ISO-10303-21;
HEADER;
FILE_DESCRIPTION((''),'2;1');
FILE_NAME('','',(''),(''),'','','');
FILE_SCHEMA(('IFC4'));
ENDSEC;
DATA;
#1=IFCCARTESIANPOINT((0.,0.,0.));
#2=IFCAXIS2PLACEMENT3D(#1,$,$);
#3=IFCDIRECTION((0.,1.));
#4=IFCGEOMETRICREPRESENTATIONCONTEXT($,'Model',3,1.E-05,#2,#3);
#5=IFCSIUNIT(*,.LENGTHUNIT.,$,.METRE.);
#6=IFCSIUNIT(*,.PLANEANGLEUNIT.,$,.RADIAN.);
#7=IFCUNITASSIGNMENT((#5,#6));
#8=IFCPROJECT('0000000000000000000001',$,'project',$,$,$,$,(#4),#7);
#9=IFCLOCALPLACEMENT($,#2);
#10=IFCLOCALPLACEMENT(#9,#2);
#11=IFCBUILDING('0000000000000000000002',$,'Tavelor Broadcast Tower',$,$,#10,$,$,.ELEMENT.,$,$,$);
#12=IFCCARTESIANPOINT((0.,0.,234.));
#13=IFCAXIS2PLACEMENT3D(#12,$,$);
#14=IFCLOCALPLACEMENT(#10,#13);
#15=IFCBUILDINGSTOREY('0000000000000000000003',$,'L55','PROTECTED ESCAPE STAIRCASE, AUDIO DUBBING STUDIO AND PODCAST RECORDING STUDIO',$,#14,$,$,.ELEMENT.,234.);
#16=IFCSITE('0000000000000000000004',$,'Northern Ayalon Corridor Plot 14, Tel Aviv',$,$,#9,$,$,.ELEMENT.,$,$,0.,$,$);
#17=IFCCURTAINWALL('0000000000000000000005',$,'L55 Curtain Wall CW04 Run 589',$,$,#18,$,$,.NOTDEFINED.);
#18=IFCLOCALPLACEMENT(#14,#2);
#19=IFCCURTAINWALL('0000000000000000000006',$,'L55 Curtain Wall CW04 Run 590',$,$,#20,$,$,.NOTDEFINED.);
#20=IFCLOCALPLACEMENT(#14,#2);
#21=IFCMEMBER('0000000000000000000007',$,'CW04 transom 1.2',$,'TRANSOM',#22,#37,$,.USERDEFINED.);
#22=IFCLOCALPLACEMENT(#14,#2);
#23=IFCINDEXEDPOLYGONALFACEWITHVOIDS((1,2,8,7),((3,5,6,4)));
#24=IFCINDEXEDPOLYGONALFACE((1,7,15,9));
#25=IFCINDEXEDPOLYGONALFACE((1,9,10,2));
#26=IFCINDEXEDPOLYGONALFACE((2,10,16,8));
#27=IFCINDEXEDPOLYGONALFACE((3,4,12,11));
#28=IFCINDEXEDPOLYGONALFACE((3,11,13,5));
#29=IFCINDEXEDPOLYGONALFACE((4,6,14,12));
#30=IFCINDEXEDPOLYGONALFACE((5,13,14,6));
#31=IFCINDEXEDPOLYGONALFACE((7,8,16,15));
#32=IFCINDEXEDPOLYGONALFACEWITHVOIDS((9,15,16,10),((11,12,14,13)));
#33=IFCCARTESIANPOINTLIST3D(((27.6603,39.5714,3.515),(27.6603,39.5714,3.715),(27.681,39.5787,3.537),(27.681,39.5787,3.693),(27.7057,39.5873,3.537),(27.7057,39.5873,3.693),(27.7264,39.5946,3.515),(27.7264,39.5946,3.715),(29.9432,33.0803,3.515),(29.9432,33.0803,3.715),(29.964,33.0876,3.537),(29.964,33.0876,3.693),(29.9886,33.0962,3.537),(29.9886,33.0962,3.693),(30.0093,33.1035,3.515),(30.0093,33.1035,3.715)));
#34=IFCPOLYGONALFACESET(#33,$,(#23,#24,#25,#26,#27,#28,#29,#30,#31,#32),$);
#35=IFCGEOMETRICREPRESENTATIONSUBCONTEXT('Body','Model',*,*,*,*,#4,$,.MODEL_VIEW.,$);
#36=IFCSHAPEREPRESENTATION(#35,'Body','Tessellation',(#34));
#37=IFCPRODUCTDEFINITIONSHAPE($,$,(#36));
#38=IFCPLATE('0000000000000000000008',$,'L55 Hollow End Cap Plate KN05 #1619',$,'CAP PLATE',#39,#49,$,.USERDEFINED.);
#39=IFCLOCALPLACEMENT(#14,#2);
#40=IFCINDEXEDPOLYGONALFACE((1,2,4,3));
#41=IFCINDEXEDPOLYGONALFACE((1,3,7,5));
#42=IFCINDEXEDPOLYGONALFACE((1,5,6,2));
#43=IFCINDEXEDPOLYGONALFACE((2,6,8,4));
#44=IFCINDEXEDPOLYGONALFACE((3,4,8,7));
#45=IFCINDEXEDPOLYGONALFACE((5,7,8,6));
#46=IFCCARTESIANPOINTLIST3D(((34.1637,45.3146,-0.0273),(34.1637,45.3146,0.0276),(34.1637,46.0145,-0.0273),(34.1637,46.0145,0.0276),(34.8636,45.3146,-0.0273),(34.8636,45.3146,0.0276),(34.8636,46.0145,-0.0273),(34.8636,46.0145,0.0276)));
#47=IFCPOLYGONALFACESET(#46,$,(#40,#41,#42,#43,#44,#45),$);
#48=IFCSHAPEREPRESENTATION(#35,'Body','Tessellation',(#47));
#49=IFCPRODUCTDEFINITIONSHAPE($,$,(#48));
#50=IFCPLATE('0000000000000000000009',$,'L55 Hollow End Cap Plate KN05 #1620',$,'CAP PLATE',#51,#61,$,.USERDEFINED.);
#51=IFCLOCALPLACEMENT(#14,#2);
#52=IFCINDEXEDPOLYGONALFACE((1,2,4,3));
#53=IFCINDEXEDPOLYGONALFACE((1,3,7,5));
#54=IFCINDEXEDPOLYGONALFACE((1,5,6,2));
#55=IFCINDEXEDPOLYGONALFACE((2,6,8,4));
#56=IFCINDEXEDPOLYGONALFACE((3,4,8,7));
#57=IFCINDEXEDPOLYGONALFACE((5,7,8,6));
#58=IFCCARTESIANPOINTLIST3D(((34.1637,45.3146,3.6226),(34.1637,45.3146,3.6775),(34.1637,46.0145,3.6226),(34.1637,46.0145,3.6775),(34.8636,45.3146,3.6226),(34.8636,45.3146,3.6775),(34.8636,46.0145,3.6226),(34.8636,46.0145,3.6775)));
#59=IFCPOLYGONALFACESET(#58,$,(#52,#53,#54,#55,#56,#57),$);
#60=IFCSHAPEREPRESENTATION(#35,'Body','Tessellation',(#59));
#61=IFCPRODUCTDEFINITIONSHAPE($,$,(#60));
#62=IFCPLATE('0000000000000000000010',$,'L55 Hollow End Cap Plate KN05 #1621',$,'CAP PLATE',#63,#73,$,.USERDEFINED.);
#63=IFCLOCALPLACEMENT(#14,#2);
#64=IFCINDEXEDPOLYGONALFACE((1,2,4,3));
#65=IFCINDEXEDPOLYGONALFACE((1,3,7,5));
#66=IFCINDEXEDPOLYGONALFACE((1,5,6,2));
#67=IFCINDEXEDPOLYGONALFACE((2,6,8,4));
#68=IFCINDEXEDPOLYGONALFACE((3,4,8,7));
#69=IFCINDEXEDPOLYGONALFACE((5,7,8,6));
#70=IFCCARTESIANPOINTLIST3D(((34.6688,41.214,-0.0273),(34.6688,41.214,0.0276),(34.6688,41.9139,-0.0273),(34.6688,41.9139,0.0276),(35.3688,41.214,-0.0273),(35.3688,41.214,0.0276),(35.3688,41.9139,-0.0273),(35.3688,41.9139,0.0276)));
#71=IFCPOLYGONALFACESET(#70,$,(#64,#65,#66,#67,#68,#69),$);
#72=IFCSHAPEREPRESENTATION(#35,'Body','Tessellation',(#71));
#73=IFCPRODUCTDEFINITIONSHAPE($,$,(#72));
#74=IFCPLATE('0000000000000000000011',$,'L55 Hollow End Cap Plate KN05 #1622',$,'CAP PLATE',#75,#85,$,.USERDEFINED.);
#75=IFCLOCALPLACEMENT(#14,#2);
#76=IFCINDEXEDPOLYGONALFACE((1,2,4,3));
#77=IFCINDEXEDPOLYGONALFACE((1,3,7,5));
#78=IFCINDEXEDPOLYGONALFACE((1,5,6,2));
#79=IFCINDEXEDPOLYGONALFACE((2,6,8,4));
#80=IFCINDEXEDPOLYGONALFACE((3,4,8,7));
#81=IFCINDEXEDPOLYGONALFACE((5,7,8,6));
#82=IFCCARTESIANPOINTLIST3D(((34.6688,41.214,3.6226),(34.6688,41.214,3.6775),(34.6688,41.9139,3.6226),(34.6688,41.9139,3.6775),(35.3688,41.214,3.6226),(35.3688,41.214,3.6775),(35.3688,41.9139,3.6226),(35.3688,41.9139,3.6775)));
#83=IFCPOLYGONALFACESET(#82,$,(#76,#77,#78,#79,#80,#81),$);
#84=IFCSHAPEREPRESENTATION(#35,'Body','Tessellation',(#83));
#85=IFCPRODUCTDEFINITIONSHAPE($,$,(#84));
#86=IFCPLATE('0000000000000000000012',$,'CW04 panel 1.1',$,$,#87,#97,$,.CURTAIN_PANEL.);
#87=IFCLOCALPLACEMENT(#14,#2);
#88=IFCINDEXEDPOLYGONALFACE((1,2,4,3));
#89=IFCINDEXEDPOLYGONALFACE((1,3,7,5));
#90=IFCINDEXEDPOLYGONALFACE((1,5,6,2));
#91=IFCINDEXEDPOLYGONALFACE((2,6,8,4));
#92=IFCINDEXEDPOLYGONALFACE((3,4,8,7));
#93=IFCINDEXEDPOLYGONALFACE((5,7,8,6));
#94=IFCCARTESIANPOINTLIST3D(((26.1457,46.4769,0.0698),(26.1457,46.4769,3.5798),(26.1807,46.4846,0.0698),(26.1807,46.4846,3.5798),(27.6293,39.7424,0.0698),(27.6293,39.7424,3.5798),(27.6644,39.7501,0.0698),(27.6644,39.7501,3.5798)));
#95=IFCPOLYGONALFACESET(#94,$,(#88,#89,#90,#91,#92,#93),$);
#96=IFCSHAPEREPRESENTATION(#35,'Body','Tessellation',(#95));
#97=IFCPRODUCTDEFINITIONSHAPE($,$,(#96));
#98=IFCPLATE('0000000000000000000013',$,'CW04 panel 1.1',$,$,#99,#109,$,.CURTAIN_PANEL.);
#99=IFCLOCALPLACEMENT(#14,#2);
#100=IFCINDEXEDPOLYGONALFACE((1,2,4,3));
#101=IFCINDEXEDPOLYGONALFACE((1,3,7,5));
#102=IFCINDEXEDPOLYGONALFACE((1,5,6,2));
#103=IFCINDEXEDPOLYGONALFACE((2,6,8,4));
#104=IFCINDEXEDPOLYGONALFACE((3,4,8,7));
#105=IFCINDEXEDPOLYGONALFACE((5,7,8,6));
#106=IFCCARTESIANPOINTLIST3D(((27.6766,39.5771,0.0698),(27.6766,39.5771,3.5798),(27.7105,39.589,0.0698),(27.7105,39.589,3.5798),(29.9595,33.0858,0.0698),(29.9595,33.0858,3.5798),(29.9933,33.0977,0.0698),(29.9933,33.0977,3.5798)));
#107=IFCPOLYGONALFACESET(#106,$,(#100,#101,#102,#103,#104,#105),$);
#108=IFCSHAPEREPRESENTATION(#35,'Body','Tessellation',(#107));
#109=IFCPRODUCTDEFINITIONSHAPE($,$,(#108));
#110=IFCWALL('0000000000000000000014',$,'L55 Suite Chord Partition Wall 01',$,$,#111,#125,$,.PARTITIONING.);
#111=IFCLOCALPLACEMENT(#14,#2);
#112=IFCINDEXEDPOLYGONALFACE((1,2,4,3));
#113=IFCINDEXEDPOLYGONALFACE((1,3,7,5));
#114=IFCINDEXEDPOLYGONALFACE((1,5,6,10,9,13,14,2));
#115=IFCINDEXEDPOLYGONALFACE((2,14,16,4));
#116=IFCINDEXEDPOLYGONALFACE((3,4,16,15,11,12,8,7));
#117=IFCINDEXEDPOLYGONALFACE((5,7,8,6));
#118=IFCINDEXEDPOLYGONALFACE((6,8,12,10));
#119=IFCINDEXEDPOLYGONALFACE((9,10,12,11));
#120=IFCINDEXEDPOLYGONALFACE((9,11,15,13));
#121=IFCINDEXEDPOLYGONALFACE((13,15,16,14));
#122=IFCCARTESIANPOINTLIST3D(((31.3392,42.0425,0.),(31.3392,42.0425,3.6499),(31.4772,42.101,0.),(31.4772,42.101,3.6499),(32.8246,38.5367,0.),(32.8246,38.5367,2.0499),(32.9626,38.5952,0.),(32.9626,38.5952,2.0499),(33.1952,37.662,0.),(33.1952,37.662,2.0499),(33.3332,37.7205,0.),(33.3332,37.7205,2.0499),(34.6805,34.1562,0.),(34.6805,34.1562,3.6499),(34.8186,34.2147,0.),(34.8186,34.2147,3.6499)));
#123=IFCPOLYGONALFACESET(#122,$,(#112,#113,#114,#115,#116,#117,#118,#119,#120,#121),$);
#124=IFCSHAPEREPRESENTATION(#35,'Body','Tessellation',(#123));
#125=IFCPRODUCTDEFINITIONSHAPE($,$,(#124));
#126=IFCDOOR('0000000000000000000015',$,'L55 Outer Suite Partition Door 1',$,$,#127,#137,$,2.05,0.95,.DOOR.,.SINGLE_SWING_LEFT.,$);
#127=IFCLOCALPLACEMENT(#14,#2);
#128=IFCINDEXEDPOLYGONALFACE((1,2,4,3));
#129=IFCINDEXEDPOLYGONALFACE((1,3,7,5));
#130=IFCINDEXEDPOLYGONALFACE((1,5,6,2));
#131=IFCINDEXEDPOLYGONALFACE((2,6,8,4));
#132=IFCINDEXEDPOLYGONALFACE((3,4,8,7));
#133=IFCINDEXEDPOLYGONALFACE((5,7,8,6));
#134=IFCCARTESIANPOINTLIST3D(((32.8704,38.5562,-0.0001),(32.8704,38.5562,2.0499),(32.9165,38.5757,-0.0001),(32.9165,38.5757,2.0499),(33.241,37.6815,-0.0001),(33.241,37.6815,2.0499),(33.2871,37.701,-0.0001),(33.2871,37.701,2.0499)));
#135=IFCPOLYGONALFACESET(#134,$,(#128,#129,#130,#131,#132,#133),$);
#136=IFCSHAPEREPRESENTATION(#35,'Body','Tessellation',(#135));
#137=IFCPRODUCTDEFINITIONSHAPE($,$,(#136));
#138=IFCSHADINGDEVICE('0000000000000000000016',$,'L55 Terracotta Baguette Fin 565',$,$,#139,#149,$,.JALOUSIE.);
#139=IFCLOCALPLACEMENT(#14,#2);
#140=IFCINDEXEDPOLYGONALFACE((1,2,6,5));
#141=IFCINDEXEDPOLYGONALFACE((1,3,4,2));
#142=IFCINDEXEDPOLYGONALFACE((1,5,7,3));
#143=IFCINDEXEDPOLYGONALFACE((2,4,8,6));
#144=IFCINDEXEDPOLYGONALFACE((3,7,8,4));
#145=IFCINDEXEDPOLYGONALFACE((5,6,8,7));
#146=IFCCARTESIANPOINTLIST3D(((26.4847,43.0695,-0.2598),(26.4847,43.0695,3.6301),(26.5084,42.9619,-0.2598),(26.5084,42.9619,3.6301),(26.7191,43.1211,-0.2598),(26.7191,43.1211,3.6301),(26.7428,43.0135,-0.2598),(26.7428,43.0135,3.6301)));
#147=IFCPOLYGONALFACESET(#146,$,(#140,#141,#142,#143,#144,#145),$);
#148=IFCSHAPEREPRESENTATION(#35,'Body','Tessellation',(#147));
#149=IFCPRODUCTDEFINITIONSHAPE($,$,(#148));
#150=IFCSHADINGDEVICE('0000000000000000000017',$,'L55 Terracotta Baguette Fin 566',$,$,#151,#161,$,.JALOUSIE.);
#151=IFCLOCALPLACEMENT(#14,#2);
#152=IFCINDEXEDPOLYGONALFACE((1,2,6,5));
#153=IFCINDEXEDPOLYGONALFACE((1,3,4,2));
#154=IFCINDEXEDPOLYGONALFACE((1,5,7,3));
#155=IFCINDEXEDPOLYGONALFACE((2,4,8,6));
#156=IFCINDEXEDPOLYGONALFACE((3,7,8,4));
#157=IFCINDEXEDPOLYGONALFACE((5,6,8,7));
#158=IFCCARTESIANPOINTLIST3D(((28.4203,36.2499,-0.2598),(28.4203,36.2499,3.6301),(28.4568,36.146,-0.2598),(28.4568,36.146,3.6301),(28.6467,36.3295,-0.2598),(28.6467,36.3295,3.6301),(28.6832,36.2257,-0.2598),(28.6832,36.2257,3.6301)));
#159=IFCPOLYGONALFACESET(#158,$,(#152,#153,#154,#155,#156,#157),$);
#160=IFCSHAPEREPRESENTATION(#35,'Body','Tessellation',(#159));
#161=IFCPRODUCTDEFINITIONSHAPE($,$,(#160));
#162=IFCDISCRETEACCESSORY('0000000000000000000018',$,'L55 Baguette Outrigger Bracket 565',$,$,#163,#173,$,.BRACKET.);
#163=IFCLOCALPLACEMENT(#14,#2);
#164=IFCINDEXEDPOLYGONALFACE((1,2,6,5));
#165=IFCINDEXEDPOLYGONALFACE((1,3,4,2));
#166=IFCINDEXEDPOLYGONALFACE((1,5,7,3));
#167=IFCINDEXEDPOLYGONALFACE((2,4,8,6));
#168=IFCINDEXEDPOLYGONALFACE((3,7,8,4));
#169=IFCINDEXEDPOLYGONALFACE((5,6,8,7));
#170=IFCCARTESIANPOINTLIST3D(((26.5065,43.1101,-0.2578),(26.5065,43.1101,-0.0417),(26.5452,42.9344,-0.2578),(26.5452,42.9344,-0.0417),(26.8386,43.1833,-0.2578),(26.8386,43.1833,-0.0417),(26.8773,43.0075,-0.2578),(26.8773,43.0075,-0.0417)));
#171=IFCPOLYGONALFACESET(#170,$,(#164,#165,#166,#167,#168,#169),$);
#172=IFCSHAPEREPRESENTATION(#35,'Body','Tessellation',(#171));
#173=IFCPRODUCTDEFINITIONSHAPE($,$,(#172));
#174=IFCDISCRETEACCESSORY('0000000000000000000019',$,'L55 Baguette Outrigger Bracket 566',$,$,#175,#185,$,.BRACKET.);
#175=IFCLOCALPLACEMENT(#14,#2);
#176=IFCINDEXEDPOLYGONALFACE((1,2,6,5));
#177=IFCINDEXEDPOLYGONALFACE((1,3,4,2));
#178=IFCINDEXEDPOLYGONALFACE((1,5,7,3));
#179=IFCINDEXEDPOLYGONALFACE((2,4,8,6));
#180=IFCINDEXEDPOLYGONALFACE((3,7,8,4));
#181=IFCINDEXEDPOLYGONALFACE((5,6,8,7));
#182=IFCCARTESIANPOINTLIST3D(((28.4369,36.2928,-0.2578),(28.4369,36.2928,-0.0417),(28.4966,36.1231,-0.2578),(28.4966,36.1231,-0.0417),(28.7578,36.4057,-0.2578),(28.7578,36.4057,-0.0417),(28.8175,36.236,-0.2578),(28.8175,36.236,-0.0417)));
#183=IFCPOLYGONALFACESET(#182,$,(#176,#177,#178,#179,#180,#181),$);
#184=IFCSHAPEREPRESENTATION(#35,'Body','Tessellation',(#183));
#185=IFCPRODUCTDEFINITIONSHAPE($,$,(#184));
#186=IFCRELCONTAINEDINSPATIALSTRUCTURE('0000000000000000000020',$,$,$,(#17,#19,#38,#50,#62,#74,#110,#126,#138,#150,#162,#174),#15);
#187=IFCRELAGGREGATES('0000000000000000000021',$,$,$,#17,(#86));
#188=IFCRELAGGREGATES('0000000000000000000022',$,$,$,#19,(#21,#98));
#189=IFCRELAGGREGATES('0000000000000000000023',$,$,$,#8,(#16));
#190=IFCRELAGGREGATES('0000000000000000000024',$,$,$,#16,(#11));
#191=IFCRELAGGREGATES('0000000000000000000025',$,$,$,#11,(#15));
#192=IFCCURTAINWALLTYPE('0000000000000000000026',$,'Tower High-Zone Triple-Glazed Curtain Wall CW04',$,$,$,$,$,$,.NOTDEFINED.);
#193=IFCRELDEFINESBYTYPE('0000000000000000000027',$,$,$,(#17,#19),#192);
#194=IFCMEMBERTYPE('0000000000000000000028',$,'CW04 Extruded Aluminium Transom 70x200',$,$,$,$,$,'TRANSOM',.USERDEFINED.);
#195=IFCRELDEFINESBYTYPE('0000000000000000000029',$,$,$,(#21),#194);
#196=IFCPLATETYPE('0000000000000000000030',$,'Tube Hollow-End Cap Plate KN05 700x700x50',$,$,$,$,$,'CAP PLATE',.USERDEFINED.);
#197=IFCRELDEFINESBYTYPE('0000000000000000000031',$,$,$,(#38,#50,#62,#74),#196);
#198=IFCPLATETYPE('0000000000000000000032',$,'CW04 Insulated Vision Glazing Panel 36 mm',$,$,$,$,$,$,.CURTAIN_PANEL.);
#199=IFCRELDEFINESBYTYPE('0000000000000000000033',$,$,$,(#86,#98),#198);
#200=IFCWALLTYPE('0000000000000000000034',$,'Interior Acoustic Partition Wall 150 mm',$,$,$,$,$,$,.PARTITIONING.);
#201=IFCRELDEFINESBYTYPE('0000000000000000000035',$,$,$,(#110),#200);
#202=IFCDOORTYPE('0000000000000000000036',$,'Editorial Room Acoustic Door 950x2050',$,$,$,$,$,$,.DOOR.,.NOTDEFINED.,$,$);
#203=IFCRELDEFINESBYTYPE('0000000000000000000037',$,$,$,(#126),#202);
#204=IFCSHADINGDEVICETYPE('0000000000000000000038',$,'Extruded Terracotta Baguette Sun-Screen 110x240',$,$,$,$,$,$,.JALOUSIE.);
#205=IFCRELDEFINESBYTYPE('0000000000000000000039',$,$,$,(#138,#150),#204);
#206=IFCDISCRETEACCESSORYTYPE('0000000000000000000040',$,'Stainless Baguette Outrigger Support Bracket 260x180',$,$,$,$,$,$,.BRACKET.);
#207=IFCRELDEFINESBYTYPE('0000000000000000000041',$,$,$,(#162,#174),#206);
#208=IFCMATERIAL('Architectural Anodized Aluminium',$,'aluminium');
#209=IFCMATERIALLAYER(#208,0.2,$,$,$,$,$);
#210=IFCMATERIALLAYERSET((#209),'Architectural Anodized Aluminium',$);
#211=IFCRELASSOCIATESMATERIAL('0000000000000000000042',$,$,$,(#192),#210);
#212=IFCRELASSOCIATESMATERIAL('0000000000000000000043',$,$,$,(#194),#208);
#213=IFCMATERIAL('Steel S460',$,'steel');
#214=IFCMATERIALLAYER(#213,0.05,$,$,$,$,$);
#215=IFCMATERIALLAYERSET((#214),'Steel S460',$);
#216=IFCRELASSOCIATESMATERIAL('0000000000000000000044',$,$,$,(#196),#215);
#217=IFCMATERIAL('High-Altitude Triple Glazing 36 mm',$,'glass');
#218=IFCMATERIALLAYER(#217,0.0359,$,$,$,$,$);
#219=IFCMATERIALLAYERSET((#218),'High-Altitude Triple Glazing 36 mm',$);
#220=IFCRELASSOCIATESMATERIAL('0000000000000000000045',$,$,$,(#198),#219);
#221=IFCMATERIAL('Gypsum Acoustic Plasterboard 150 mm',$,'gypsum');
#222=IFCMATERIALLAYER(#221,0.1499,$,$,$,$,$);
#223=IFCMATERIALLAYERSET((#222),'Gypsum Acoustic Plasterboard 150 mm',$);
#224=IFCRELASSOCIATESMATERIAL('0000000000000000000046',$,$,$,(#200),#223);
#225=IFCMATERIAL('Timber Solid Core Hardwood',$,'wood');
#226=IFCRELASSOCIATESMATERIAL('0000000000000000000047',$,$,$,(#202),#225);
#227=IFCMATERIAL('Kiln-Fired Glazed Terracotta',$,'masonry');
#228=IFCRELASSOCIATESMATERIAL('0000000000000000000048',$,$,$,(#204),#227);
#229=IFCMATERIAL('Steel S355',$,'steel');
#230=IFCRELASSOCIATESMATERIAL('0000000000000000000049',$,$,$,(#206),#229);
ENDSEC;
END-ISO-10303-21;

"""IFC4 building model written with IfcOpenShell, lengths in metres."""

from ifc_helpers import new_model, si_unit, direction, frame, frame_2d, origin, origin_2d, place, context, subcontext, project, spatial, rectangle, hollow_rectangle, extrude, source, transform, mapped, material, layer, layer_set, material_profile, profile_set, type_object, type_shapes, element, fill, aggregate, save


model = new_model("IFC4")

# Units and contexts
model_context = context("Model", 3, precision=1e-05, world=origin(), true_north=direction((0.0, 1.0)))
body_context = subcontext(model_context, "Body", "Model", "MODEL_VIEW")
ifc_project = project(units=[si_unit("LENGTHUNIT", "METRE"), si_unit("PLANEANGLEUNIT", "RADIAN")], contexts=[model_context])

# Site, building, storey
site_placement = place(None, origin())
site = spatial("IfcSite", under=ifc_project, at=site_placement, Name="Northern Ayalon Corridor Plot 14, Tel Aviv", CompositionType="ELEMENT", RefElevation=0.0)
building_placement = place(site_placement, origin())
building = spatial("IfcBuilding", under=site, at=building_placement, Name="Tavelor Broadcast Tower", CompositionType="ELEMENT")
storey_placement = place(building_placement, frame((0.0, 0.0, 234.0)))
storey = spatial("IfcBuildingStorey", under=building, at=storey_placement, Name="L55", Description="PROTECTED ESCAPE STAIRCASE, AUDIO DUBBING STUDIO AND PODCAST RECORDING STUDIO", CompositionType="ELEMENT", Elevation=234.0)

# Shared definitions
ifc_material_1 = material(Name="Steel S460", Category="steel")

# Shared definitions
ifc_material_2 = material(Name="Steel S355", Category="steel")

# Curtain wall
ifc_material_3 = material(Name="Architectural Anodized Aluminium", Category="aluminium")
ifc_layer_1 = layer(ifc_material_3, 0.2)
ifc_layer_set_1 = layer_set([ifc_layer_1], Name="Architectural Anodized Aluminium")
curtain_wall_type = type_object("IfcCurtainWallType", Name="Tower High-Zone Triple-Glazed Curtain Wall CW04", PredefinedType="NOTDEFINED", material=ifc_layer_set_1)
curtain_wall_1_placement = place(storey_placement, origin())
curtain_wall_1 = element("IfcCurtainWall", 1, at=curtain_wall_1_placement, inside=storey, type_object=curtain_wall_type, Name="L55 Curtain Wall CW04 Run 589", PredefinedType="NOTDEFINED")

# Curtain wall
curtain_wall_2_placement = place(storey_placement, origin())
curtain_wall_2 = element("IfcCurtainWall", 2, at=curtain_wall_2_placement, inside=storey, type_object=curtain_wall_type, Name="L55 Curtain Wall CW04 Run 590", PredefinedType="NOTDEFINED")

# Member
ifc_material_profile_1 = material_profile(ifc_material_3, hollow_rectangle(XDim=0.0701, YDim=0.2, WallThickness=0.022, at=origin_2d()), Name="RHS 70x200x22")
ifc_profile_set_1 = profile_set([ifc_material_profile_1], Name="Architectural Anodized Aluminium")
member_type_1 = type_object("IfcMemberType", Name="CW04 Extruded Aluminium Transom 70x200", ElementType="TRANSOM", PredefinedType="USERDEFINED", material=ifc_profile_set_1)
shared_shape_1 = source(origin(), body_context, "Body", "SweptSolid", [
    extrude(hollow_rectangle(XDim=0.0701, YDim=0.2, WallThickness=0.022, at=origin_2d()), origin(), (0.0, 0.0, 1.0), 6.8809),
])
member_1_placement = place(storey_placement, frame((27.6934, 39.583, 3.615), z_axis=(0.331779, -0.943357, 0.0), x_axis=(0.943357, 0.331779, 0.0)))
member_1 = element("IfcMember", 3, at=member_1_placement, type_object=member_type_1, Name="CW04 transom 1.2", ObjectType="TRANSOM", PredefinedType="USERDEFINED", context=body_context, shape_type="MappedRepresentation", body=[
    mapped(shared_shape_1, transform((0.0, 0.0, 0.0), scale=1.0)),
])

# Plates
ifc_layer_2 = layer(ifc_material_1, 0.05)
ifc_layer_set_2 = layer_set([ifc_layer_2], Name="Steel S460")
plate_type_1 = type_object("IfcPlateType", Name="Tube Hollow-End Cap Plate KN05 700x700x50", ElementType="CAP PLATE", PredefinedType="USERDEFINED", material=ifc_layer_set_2)
shared_shape_2 = source(origin(), body_context, "Body", "SweptSolid", [
    extrude(rectangle(XDim=0.7, YDim=0.7, at=origin_2d()), origin(), (0.0, 0.0, 1.0), 0.0549),
])
type_shapes(plate_type_1, [shared_shape_2])
for number, where, z_axis, x_axis, name in (
    (4, (34.5137, 45.6646, -0.0273), (0.0, 0.0, 1.0), (1.0, 0.0, 0.0), "L55 Hollow End Cap Plate KN05 #1619"),
    (5, (34.5137, 45.6646, 3.6226), (0.0, 0.0, 1.0), (1.0, 0.0, 0.0), "L55 Hollow End Cap Plate KN05 #1620"),
    (6, (35.0188, 41.564, -0.0273), (0.0, 0.0, 1.0), (1.0, 0.0, 0.0), "L55 Hollow End Cap Plate KN05 #1621"),
    (7, (35.0188, 41.564, 3.6226), (0.0, 0.0, 1.0), (1.0, 0.0, 0.0), "L55 Hollow End Cap Plate KN05 #1622"),
):
    element("IfcPlate", number, at=place(storey_placement, frame(where, z_axis=z_axis, x_axis=x_axis)), inside=storey, type_object=plate_type_1, Name=name, ObjectType="CAP PLATE", PredefinedType="USERDEFINED", context=body_context, shape_type="MappedRepresentation", body=[
        mapped(shared_shape_2, transform((0.0, 0.0, 0.0), scale=1.0)),
    ])

# Plates
ifc_material_4 = material(Name="High-Altitude Triple Glazing 36 mm", Category="glass")
ifc_layer_3 = layer(ifc_material_4, 0.0359)
ifc_layer_set_3 = layer_set([ifc_layer_3], Name="High-Altitude Triple Glazing 36 mm")
plate_type_2 = type_object("IfcPlateType", Name="CW04 Insulated Vision Glazing Panel 36 mm", PredefinedType="CURTAIN_PANEL", material=ifc_layer_set_3)
shared_shape_3 = source(origin(), body_context, "Body", "SweptSolid", [
    extrude(rectangle(XDim=6.896, YDim=0.0359, at=origin_2d()), origin(), (0.0, 0.0, 1.0), 3.51),
])
plate_1_placement = place(storey_placement, frame((26.905, 43.1135, 0.0698), z_axis=(0.0, 0.0, 1.0), x_axis=(0.215151, -0.976581, 0.0)))
plate_1 = element("IfcPlate", 8, at=plate_1_placement, type_object=plate_type_2, Name="CW04 panel 1.1", PredefinedType="CURTAIN_PANEL", context=body_context, shape_type="MappedRepresentation", body=[
    mapped(shared_shape_3, transform((0.0, 0.0, 0.0), scale=1.0)),
])
aggregate(curtain_wall_1, [plate_1])
shared_shape_4 = source(origin(), body_context, "Body", "SweptSolid", [
    extrude(rectangle(XDim=6.8811, YDim=0.0359, at=origin_2d()), origin(), (0.0, 0.0, 1.0), 3.51),
])
type_shapes(plate_type_2, [shared_shape_3, shared_shape_4])
plate_2_placement = place(storey_placement, frame((28.835, 36.3374, 0.0698), z_axis=(0.0, 0.0, 1.0), x_axis=(0.33176, -0.943364, 0.0)))
plate_2 = element("IfcPlate", 9, at=plate_2_placement, type_object=plate_type_2, Name="CW04 panel 1.1", PredefinedType="CURTAIN_PANEL", context=body_context, shape_type="MappedRepresentation", body=[
    mapped(shared_shape_4, transform((0.0, 0.0, 0.0), scale=1.0)),
])
aggregate(curtain_wall_2, [member_1, plate_2])

# Wall, opening, door
ifc_material_5 = material(Name="Gypsum Acoustic Plasterboard 150 mm", Category="gypsum")
ifc_layer_4 = layer(ifc_material_5, 0.1499)
ifc_layer_set_4 = layer_set([ifc_layer_4], Name="Gypsum Acoustic Plasterboard 150 mm")
wall_type = type_object("IfcWallType", Name="Interior Acoustic Partition Wall 150 mm", PredefinedType="PARTITIONING", material=ifc_layer_set_4)
wall_placement = place(storey_placement, frame((31.4082, 42.0718, 0.0), z_axis=(0.0, 0.0, 1.0), x_axis=(0.390118, -0.920765, 0.0)))
wall = element("IfcWall", 10, at=wall_placement, inside=storey, type_object=wall_type, Name="L55 Suite Chord Partition Wall 01", PredefinedType="PARTITIONING", context=body_context, shape_type="SweptSolid", body=[
    extrude(rectangle(XDim=8.5649, YDim=0.1499, at=frame_2d((4.2825, 0.0))), origin(), (0.0, 0.0, 1.0), 3.6499),
])
opening_placement = place(wall_placement, frame((3.8074, 0.0, 0.0)))
opening = element("IfcOpeningElement", 11, at=opening_placement, cuts=wall, PredefinedType="OPENING", context=body_context, shape_type="SweptSolid", body=[
    extrude(rectangle(XDim=0.95, YDim=2.05, at=frame_2d((0.4751, 1.0249))), frame((0.0, 0.085, 0.0), z_axis=(0.0, -1.0, 0.0), x_axis=(1.0, 0.0, 0.0)), (0.0, 0.0, 1.0), 0.1699),
])
ifc_material_6 = material(Name="Timber Solid Core Hardwood", Category="wood")
door_type = type_object("IfcDoorType", Name="Editorial Room Acoustic Door 950x2050", OperationType="NOTDEFINED", PredefinedType="DOOR", material=ifc_material_6)
door_placement = place(opening_placement, origin())
door = element("IfcDoor", 12, at=door_placement, inside=storey, type_object=door_type, Name="L55 Outer Suite Partition Door 1", OperationType="SINGLE_SWING_LEFT", OverallHeight=2.05, OverallWidth=0.95, PredefinedType="DOOR", context=body_context, shape_type="SweptSolid", body=[
    extrude(rectangle(XDim=0.95, YDim=2.05, at=frame_2d((0.4751, 1.0249))), frame((0.0, 0.0249, 0.0), z_axis=(0.0, -1.0, 0.0), x_axis=(1.0, 0.0, 0.0)), (0.0, 0.0, 1.0), 0.05),
])
fill(opening, door)

# Shading devices
ifc_material_7 = material(Name="Kiln-Fired Glazed Terracotta", Category="masonry")
shading_device_type = type_object("IfcShadingDeviceType", Name="Extruded Terracotta Baguette Sun-Screen 110x240", PredefinedType="JALOUSIE", material=ifc_material_7)
shared_shape_5 = source(origin(), body_context, "Body", "SweptSolid", [
    extrude(rectangle(XDim=0.1101, YDim=0.24, at=origin_2d()), origin(), (0.0, 0.0, 1.0), 3.8899),
])
type_shapes(shading_device_type, [shared_shape_5])
for number, where, z_axis, x_axis, name in (
    (13, (26.6138, 43.0415, -0.2598), (0.0, 0.0, 1.0), (0.215076, -0.976597, 0.0), "L55 Terracotta Baguette Fin 565"),
    (14, (28.5518, 36.2378, -0.2598), (0.0, 0.0, 1.0), (0.331832, -0.943339, 0.0), "L55 Terracotta Baguette Fin 566"),
):
    element("IfcShadingDevice", number, at=place(storey_placement, frame(where, z_axis=z_axis, x_axis=x_axis)), inside=storey, type_object=shading_device_type, Name=name, PredefinedType="JALOUSIE", context=body_context, shape_type="MappedRepresentation", body=[
        mapped(shared_shape_5, transform((0.0, 0.0, 0.0), scale=1.0)),
    ])

# Discrete accessories
discrete_accessory_type = type_object("IfcDiscreteAccessoryType", Name="Stainless Baguette Outrigger Support Bracket 260x180", PredefinedType="BRACKET", material=ifc_material_2)
shared_shape_6 = source(origin(), body_context, "Body", "SweptSolid", [
    extrude(rectangle(XDim=0.1799, YDim=0.3401, at=origin_2d()), origin(), (0.0, 0.0, 1.0), 0.2161),
])
type_shapes(discrete_accessory_type, [shared_shape_6])
for number, where, z_axis, x_axis, name in (
    (15, (26.6919, 43.0588, -0.2578), (0.0, 0.0, 1.0), (0.215076, -0.976597, 0.0), "L55 Baguette Outrigger Bracket 565"),
    (16, (28.6272, 36.2644, -0.2578), (0.0, 0.0, 1.0), (0.331832, -0.943339, 0.0), "L55 Baguette Outrigger Bracket 566"),
):
    element("IfcDiscreteAccessory", number, at=place(storey_placement, frame(where, z_axis=z_axis, x_axis=x_axis)), inside=storey, type_object=discrete_accessory_type, Name=name, PredefinedType="BRACKET", context=body_context, shape_type="MappedRepresentation", body=[
        mapped(shared_shape_6, transform((0.0, 0.0, 0.0), scale=1.0)),
    ])

save(model, "model.ifc")
